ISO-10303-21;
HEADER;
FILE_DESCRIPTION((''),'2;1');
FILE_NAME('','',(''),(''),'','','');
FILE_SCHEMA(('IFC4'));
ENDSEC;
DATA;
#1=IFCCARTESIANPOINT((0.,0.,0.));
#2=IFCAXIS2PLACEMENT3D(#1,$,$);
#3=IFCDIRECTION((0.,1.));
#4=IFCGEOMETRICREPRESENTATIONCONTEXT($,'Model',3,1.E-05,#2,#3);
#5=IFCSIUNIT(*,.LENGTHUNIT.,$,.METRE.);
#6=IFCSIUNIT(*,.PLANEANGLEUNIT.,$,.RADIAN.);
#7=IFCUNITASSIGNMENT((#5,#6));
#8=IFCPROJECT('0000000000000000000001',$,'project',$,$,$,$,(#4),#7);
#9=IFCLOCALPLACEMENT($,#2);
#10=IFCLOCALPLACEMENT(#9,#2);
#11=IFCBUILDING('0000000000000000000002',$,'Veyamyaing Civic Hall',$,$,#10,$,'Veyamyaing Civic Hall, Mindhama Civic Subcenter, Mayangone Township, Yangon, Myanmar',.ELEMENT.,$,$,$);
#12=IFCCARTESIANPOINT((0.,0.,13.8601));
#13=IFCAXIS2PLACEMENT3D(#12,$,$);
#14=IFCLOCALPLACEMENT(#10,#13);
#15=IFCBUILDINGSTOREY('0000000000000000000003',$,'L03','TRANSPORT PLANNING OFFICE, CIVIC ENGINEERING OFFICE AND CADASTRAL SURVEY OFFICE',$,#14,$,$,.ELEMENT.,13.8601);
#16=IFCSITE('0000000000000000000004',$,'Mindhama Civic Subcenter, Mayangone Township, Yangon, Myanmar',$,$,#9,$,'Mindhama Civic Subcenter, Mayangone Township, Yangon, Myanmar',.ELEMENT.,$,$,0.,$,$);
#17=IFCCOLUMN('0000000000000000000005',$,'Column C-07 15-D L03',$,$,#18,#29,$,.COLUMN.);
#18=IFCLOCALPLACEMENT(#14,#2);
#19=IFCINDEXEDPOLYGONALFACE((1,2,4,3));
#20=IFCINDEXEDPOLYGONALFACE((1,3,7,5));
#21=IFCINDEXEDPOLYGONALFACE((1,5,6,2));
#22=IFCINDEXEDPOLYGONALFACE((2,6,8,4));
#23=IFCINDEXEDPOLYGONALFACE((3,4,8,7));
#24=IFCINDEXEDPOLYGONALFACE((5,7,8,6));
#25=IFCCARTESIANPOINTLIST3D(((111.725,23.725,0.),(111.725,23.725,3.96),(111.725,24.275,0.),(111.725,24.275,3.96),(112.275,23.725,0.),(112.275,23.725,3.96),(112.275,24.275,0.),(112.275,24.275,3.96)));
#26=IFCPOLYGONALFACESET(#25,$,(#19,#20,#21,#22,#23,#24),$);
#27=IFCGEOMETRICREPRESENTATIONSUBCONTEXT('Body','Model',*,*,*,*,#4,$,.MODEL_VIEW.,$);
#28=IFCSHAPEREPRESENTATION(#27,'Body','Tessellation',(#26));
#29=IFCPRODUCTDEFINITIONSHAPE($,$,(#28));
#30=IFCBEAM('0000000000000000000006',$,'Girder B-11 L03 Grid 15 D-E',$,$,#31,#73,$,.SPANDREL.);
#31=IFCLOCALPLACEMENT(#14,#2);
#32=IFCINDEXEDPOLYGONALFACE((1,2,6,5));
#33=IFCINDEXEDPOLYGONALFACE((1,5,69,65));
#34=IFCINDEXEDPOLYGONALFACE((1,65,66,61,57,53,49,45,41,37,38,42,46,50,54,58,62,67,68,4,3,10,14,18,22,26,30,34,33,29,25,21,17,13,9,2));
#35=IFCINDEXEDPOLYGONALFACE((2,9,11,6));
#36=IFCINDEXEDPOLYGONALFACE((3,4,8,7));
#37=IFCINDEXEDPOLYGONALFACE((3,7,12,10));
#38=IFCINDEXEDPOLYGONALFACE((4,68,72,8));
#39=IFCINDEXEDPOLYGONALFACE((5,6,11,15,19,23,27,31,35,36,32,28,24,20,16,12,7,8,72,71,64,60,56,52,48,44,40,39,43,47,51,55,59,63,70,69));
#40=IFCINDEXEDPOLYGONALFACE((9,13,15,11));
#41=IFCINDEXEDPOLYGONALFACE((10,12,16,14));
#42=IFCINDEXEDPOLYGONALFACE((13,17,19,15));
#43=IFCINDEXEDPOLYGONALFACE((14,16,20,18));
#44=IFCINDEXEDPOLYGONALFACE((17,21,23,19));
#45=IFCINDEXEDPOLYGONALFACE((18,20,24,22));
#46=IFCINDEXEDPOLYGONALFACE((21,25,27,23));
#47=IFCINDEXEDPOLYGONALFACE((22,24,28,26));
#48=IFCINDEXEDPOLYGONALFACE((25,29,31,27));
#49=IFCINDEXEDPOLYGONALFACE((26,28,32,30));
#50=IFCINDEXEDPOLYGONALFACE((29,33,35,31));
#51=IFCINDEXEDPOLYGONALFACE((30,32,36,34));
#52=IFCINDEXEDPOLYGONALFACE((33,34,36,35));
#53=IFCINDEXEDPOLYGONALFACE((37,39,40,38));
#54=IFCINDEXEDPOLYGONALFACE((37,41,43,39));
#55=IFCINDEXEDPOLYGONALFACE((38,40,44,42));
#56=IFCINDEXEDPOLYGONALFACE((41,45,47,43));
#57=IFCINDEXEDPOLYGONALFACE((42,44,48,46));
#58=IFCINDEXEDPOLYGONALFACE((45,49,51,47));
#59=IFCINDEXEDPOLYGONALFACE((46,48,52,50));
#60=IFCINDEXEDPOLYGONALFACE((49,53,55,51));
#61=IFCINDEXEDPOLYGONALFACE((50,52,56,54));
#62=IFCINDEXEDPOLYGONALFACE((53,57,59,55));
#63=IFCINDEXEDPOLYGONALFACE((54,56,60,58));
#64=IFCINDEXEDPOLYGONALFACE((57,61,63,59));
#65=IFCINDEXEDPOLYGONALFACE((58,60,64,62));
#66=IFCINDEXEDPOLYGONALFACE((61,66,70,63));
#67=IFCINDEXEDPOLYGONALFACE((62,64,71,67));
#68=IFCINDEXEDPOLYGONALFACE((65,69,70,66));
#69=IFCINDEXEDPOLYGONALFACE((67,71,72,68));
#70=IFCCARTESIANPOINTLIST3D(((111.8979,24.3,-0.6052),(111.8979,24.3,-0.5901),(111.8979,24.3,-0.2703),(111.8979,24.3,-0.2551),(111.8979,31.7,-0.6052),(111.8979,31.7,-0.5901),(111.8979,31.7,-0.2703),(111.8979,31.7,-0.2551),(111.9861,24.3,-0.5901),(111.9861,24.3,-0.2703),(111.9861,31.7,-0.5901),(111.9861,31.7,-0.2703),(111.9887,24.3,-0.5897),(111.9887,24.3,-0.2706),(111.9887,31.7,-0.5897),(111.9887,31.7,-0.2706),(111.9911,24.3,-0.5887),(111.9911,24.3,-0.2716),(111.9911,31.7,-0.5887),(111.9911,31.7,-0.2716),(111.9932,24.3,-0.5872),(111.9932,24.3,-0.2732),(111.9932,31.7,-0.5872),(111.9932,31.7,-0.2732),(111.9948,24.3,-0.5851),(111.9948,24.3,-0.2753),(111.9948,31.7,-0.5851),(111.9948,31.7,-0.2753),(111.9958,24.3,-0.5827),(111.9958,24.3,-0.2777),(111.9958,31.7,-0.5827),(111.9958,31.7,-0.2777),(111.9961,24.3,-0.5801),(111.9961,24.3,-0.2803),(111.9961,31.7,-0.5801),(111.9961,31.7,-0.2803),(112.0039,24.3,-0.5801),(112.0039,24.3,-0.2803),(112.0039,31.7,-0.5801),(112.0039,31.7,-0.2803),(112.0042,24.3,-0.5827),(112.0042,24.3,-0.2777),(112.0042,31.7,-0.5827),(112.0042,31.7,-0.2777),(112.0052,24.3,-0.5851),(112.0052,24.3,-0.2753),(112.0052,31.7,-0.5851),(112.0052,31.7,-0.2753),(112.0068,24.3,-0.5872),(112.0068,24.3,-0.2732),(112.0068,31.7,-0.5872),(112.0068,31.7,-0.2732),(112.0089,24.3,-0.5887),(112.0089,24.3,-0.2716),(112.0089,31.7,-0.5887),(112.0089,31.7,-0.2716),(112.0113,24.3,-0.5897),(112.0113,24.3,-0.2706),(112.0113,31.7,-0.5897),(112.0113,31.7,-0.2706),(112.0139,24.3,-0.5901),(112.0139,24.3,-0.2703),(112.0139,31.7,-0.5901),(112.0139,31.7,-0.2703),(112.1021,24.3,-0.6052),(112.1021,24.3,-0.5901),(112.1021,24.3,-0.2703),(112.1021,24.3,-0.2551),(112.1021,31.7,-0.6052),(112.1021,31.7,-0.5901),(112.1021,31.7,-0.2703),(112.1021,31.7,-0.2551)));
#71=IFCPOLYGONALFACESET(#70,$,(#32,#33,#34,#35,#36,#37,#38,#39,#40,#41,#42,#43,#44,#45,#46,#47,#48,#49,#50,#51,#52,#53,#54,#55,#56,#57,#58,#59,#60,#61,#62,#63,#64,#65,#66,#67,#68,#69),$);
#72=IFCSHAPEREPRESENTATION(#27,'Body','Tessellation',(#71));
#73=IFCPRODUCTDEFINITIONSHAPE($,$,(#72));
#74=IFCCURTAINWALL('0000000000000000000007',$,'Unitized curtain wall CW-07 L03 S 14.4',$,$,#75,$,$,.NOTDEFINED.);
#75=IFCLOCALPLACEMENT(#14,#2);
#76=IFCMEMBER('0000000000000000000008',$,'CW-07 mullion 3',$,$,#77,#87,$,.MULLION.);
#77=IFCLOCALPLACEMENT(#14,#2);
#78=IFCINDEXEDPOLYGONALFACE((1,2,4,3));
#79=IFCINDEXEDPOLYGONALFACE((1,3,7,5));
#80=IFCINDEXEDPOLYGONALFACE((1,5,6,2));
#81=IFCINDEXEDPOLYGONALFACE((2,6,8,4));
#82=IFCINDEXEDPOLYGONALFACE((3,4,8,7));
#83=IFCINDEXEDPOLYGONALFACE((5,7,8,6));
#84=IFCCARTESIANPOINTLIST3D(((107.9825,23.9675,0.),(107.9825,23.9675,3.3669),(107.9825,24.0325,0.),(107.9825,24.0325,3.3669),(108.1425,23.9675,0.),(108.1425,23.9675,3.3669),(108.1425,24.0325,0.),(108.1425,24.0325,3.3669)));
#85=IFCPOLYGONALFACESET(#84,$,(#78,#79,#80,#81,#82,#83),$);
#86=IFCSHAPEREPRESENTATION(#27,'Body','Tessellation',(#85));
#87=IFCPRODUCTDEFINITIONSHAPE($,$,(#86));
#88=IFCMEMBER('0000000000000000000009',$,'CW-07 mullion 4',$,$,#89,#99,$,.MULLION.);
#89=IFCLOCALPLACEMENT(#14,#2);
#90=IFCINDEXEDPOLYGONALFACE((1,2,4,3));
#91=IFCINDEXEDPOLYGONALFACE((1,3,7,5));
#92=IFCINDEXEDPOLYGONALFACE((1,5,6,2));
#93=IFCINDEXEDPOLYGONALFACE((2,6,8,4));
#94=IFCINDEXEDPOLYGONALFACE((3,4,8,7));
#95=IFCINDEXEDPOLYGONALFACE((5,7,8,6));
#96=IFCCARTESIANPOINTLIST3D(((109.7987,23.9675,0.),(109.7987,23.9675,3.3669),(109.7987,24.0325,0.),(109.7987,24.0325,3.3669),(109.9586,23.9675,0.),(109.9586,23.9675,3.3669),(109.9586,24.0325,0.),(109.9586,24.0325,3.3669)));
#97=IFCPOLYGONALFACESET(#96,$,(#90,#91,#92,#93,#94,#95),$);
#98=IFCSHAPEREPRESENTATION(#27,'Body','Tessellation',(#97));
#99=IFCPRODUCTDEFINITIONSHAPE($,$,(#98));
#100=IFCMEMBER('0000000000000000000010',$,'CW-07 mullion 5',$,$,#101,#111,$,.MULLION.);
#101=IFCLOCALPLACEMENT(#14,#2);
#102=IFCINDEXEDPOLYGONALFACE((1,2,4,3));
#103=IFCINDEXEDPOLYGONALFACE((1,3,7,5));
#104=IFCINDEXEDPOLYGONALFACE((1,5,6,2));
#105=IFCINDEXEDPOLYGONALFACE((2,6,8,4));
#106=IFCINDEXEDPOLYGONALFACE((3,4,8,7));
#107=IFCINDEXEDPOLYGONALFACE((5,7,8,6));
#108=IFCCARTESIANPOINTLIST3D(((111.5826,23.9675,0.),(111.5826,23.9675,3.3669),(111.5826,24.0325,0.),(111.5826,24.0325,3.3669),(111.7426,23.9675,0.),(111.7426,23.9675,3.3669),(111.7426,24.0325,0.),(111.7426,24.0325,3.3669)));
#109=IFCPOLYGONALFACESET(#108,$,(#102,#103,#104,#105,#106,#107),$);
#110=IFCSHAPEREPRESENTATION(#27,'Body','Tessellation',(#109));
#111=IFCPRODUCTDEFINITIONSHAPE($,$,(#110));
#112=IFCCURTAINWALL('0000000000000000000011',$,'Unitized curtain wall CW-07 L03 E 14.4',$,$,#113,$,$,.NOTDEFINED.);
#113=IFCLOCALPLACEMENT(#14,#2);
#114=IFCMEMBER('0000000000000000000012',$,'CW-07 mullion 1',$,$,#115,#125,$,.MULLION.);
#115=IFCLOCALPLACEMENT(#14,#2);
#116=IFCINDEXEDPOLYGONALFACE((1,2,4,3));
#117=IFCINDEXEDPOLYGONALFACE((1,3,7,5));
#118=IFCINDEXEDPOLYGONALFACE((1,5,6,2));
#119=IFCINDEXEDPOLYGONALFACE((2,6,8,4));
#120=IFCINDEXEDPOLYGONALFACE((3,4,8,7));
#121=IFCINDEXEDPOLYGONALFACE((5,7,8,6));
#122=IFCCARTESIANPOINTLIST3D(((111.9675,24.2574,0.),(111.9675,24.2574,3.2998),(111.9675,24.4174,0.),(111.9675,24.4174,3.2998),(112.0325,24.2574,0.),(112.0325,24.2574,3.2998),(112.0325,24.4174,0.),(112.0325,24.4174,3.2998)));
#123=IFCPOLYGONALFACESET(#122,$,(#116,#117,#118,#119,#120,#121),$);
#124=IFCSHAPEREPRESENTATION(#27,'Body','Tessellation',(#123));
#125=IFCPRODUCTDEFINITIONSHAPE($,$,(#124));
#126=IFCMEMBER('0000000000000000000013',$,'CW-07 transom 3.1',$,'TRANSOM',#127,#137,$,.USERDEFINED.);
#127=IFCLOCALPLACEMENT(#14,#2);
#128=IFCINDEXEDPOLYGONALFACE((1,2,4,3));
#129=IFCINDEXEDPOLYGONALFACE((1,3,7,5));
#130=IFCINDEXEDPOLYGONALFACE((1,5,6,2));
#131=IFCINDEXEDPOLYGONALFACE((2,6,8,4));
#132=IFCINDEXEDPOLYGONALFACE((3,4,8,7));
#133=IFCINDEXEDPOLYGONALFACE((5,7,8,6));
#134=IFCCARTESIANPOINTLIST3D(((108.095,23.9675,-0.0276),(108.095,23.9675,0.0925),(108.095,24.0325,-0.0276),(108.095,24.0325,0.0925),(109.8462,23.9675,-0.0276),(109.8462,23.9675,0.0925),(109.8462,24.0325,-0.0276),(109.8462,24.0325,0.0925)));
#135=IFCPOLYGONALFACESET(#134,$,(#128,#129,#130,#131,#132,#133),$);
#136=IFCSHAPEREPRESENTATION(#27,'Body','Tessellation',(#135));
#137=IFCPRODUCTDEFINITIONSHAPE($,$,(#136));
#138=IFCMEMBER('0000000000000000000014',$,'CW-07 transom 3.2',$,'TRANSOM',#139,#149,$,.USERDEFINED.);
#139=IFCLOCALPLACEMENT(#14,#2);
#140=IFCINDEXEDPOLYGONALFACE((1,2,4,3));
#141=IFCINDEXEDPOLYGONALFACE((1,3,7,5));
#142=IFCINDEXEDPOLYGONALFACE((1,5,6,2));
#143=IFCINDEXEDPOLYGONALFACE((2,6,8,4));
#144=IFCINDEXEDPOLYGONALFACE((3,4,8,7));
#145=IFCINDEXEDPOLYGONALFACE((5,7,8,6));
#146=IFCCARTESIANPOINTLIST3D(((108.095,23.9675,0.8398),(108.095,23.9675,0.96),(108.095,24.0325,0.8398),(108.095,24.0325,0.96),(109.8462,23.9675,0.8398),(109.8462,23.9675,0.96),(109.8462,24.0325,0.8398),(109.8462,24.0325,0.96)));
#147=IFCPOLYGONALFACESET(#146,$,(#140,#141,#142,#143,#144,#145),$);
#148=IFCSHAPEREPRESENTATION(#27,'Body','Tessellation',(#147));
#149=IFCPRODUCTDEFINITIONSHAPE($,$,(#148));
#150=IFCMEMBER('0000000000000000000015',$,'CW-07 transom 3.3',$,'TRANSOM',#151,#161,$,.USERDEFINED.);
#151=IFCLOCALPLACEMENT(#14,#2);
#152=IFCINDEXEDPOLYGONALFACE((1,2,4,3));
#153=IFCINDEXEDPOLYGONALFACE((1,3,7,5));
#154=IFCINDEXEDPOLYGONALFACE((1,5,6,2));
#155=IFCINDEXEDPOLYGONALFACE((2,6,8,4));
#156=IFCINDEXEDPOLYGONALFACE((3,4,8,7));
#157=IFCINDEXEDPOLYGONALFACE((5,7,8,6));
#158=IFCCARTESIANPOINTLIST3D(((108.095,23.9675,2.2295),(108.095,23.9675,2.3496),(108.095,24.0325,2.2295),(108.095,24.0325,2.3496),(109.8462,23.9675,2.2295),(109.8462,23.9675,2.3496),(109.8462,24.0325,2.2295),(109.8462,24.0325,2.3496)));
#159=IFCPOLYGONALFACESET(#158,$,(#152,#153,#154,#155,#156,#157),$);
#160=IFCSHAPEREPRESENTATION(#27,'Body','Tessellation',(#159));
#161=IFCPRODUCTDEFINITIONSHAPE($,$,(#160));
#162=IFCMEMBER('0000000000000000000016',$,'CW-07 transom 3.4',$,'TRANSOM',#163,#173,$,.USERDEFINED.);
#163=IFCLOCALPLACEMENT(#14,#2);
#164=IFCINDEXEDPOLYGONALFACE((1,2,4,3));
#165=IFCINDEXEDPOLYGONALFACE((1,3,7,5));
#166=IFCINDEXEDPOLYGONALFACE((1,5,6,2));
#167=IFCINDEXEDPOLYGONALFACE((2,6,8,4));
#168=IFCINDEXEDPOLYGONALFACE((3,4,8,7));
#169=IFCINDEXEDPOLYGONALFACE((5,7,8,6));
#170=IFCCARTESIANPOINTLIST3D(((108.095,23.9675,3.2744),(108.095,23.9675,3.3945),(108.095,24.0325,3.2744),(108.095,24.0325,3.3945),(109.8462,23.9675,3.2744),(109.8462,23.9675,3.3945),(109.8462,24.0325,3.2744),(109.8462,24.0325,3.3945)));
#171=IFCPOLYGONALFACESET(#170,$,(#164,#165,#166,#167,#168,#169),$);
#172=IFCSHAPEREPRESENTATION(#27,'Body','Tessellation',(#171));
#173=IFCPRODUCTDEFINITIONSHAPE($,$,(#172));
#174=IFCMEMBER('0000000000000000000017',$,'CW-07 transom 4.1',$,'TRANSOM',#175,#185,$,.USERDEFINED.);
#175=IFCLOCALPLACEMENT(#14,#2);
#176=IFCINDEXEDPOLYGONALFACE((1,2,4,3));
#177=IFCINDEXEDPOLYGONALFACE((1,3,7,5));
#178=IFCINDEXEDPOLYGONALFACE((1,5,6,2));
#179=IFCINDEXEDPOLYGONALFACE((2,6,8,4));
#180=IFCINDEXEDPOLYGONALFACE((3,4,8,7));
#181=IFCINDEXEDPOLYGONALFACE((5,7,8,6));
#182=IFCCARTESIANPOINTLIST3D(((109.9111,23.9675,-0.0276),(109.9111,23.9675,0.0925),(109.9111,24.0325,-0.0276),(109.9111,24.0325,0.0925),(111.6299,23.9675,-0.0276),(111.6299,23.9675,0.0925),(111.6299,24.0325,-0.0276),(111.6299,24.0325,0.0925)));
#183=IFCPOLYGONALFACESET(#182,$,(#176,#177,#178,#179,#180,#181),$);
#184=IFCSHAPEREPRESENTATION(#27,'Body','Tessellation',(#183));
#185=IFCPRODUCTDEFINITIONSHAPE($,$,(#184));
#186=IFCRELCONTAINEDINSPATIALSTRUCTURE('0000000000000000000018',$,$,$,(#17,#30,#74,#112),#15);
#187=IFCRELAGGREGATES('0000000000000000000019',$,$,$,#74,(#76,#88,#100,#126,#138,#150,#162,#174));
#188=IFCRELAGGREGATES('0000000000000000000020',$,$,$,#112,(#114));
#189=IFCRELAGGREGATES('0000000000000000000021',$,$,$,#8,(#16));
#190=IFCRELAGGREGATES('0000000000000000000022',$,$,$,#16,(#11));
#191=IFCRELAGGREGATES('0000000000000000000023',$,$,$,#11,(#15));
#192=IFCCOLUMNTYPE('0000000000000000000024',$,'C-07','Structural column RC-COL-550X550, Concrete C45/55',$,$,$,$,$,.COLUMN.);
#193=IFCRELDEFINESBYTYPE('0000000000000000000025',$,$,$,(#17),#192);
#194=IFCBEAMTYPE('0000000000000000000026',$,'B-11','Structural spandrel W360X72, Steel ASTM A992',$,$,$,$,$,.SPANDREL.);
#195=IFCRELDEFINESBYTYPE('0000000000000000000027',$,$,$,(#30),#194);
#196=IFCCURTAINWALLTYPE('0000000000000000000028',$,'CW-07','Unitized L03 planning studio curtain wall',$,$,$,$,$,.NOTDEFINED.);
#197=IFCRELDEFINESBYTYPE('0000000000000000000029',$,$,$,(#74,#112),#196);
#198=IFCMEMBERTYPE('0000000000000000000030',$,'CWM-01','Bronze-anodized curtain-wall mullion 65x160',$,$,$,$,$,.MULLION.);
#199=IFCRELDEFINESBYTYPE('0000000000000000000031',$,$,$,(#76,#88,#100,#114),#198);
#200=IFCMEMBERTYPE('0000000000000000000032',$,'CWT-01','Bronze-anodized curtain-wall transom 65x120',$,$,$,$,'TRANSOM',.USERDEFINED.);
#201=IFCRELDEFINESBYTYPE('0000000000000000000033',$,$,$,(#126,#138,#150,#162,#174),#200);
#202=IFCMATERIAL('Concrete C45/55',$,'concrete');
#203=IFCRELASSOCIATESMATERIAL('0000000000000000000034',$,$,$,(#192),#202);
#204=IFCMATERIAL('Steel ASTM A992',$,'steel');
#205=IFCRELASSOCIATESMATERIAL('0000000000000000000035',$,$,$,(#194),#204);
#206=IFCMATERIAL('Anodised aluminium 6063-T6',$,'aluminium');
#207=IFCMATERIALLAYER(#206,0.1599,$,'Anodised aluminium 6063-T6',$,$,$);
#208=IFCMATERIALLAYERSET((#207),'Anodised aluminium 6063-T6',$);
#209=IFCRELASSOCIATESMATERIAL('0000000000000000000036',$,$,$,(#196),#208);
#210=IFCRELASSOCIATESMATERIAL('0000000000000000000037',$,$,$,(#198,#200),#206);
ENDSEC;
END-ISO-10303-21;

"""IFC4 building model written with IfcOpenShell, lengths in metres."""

from ifc_helpers import new_model, si_unit, direction, frame, origin, origin_2d, place, context, subcontext, project, spatial, rectangle, i_section, extrude, material, layer, layer_set, material_profile, profile_set, type_object, element, aggregate, save


model = new_model("IFC4")

# Units and contexts
model_context = context("Model", 3, precision=1e-05, world=origin(), true_north=direction((0.0, 1.0)))
body_context = subcontext(model_context, "Body", "Model", "MODEL_VIEW")
ifc_project = project(units=[si_unit("LENGTHUNIT", "METRE"), si_unit("PLANEANGLEUNIT", "RADIAN")], contexts=[model_context])

# Site, building, storey
site_placement = place(None, origin())
site = spatial("IfcSite", under=ifc_project, at=site_placement, Name="Mindhama Civic Subcenter, Mayangone Township, Yangon, Myanmar", LongName="Mindhama Civic Subcenter, Mayangone Township, Yangon, Myanmar", CompositionType="ELEMENT", RefElevation=0.0)
building_placement = place(site_placement, origin())
building = spatial("IfcBuilding", under=site, at=building_placement, Name="Veyamyaing Civic Hall", LongName="Veyamyaing Civic Hall, Mindhama Civic Subcenter, Mayangone Township, Yangon, Myanmar", CompositionType="ELEMENT")
storey_placement = place(building_placement, frame((0.0, 0.0, 13.8601)))
storey = spatial("IfcBuildingStorey", under=building, at=storey_placement, Name="L03", Description="TRANSPORT PLANNING OFFICE, CIVIC ENGINEERING OFFICE AND CADASTRAL SURVEY OFFICE", CompositionType="ELEMENT", Elevation=13.8601)

# Column
ifc_material_1 = material(Name="Concrete C45/55", Category="concrete")
ifc_material_profile_1 = material_profile(ifc_material_1, rectangle(XDim=0.55, YDim=0.55, at=origin_2d()), Name="RC-COL-550X550")
ifc_profile_set_1 = profile_set([ifc_material_profile_1], Name="Concrete C45/55")
column_type = type_object("IfcColumnType", Name="C-07", Description="Structural column RC-COL-550X550, Concrete C45/55", PredefinedType="COLUMN", material=ifc_profile_set_1)
column_placement = place(storey_placement, frame((112.0, 24.0, 0.0), z_axis=(0.0, 0.0, 1.0), x_axis=(1.0, 0.0, 0.0)))
element("IfcColumn", 1, at=column_placement, inside=storey, type_object=column_type, Name="Column C-07 15-D L03", PredefinedType="COLUMN", context=body_context, shape_type="SweptSolid", body=[
    extrude(rectangle(XDim=0.55, YDim=0.55, at=origin_2d()), origin(), (0.0, 0.0, 1.0), 3.96),
])

# Beam
ifc_material_2 = material(Name="Steel ASTM A992", Category="steel")
ifc_material_profile_2 = material_profile(ifc_material_2, i_section(OverallWidth=0.2041, OverallDepth=0.3501, WebThickness=0.0078, FlangeThickness=0.0151, FilletRadius=0.01, at=origin_2d()), Name="W360X72")
ifc_profile_set_2 = profile_set([ifc_material_profile_2], Name="Steel ASTM A992")
beam_type = type_object("IfcBeamType", Name="B-11", Description="Structural spandrel W360X72, Steel ASTM A992", PredefinedType="SPANDREL", material=ifc_profile_set_2)
beam_placement = place(storey_placement, frame((112.0, 24.3, -0.4302), z_axis=(0.0, 1.0, 0.0), x_axis=(-1.0, 0.0, 0.0)))
element("IfcBeam", 2, at=beam_placement, inside=storey, type_object=beam_type, Name="Girder B-11 L03 Grid 15 D-E", PredefinedType="SPANDREL", context=body_context, shape_type="SweptSolid", body=[
    extrude(i_section(OverallWidth=0.2041, OverallDepth=0.3501, WebThickness=0.0078, FlangeThickness=0.0151, FilletRadius=0.01, at=origin_2d()), origin(), (0.0, 0.0, 1.0), 7.3999),
])

# Curtain wall, members
ifc_material_3 = material(Name="Anodised aluminium 6063-T6", Category="aluminium")
ifc_layer_1 = layer(ifc_material_3, 0.1599, Name="Anodised aluminium 6063-T6")
ifc_layer_set_1 = layer_set([ifc_layer_1], Name="Anodised aluminium 6063-T6")
curtain_wall_type = type_object("IfcCurtainWallType", Name="CW-07", Description="Unitized L03 planning studio curtain wall", PredefinedType="NOTDEFINED", material=ifc_layer_set_1)
curtain_wall_1_placement = place(storey_placement, origin())
curtain_wall_1 = element("IfcCurtainWall", 3, at=curtain_wall_1_placement, inside=storey, type_object=curtain_wall_type, Name="Unitized curtain wall CW-07 L03 S 14.4", PredefinedType="NOTDEFINED")
ifc_material_profile_3 = material_profile(ifc_material_3, rectangle(XDim=0.0649, YDim=0.1599, at=origin_2d()), Name="ALU-MUL-65X160")
ifc_profile_set_3 = profile_set([ifc_material_profile_3], Name="Anodised aluminium 6063-T6")
member_type_1 = type_object("IfcMemberType", Name="CWM-01", Description="Bronze-anodized curtain-wall mullion 65x160", PredefinedType="MULLION", material=ifc_profile_set_3)
member_1_placement = place(storey_placement, frame((108.0625, 24.0, 0.0), z_axis=(0.0, 0.0, 1.0), x_axis=(0.0, 1.0, 0.0)))
member_1 = element("IfcMember", 4, at=member_1_placement, type_object=member_type_1, Name="CW-07 mullion 3", PredefinedType="MULLION", context=body_context, shape_type="SweptSolid", body=[
    extrude(rectangle(XDim=0.0649, YDim=0.1599, at=origin_2d()), origin(), (0.0, 0.0, 1.0), 3.3669),
])
member_2_placement = place(storey_placement, frame((109.8787, 24.0, 0.0), z_axis=(0.0, 0.0, 1.0), x_axis=(0.0, 1.0, 0.0)))
member_2 = element("IfcMember", 5, at=member_2_placement, type_object=member_type_1, Name="CW-07 mullion 4", PredefinedType="MULLION", context=body_context, shape_type="SweptSolid", body=[
    extrude(rectangle(XDim=0.0649, YDim=0.1599, at=origin_2d()), origin(), (0.0, 0.0, 1.0), 3.3669),
])
member_3_placement = place(storey_placement, frame((111.6626, 24.0, 0.0), z_axis=(0.0, 0.0, 1.0), x_axis=(0.0, 1.0, 0.0)))
member_3 = element("IfcMember", 6, at=member_3_placement, type_object=member_type_1, Name="CW-07 mullion 5", PredefinedType="MULLION", context=body_context, shape_type="SweptSolid", body=[
    extrude(rectangle(XDim=0.0649, YDim=0.1599, at=origin_2d()), origin(), (0.0, 0.0, 1.0), 3.3669),
])

# Curtain wall, member
curtain_wall_2_placement = place(storey_placement, origin())
curtain_wall_2 = element("IfcCurtainWall", 7, at=curtain_wall_2_placement, inside=storey, type_object=curtain_wall_type, Name="Unitized curtain wall CW-07 L03 E 14.4", PredefinedType="NOTDEFINED")
member_4_placement = place(storey_placement, frame((112.0, 24.3374, 0.0), z_axis=(0.0, 0.0, 1.0), x_axis=(-1.0, 0.0, 0.0)))
member_4 = element("IfcMember", 8, at=member_4_placement, type_object=member_type_1, Name="CW-07 mullion 1", PredefinedType="MULLION", context=body_context, shape_type="SweptSolid", body=[
    extrude(rectangle(XDim=0.0649, YDim=0.1599, at=origin_2d()), origin(), (0.0, 0.0, 1.0), 3.2998),
])

# Members
ifc_material_profile_4 = material_profile(ifc_material_3, rectangle(XDim=0.0649, YDim=0.1201, at=origin_2d()), Name="ALU-TRN-65X120")
ifc_profile_set_4 = profile_set([ifc_material_profile_4], Name="Anodised aluminium 6063-T6")
member_type_2 = type_object("IfcMemberType", Name="CWT-01", Description="Bronze-anodized curtain-wall transom 65x120", ElementType="TRANSOM", PredefinedType="USERDEFINED", material=ifc_profile_set_4)
member_5_placement = place(storey_placement, frame((108.095, 24.0, 0.0325), z_axis=(1.0, 0.0, 0.0), x_axis=(0.0, 1.0, 0.0)))
member_5 = element("IfcMember", 9, at=member_5_placement, type_object=member_type_2, Name="CW-07 transom 3.1", ObjectType="TRANSOM", PredefinedType="USERDEFINED", context=body_context, shape_type="SweptSolid", body=[
    extrude(rectangle(XDim=0.0649, YDim=0.1201, at=origin_2d()), origin(), (0.0, 0.0, 1.0), 1.7512),
])
member_6_placement = place(storey_placement, frame((108.095, 24.0, 0.8999), z_axis=(1.0, 0.0, 0.0), x_axis=(0.0, 1.0, 0.0)))
member_6 = element("IfcMember", 10, at=member_6_placement, type_object=member_type_2, Name="CW-07 transom 3.2", ObjectType="TRANSOM", PredefinedType="USERDEFINED", context=body_context, shape_type="SweptSolid", body=[
    extrude(rectangle(XDim=0.0649, YDim=0.1201, at=origin_2d()), origin(), (0.0, 0.0, 1.0), 1.7512),
])
member_7_placement = place(storey_placement, frame((108.095, 24.0, 2.2896), z_axis=(1.0, 0.0, 0.0), x_axis=(0.0, 1.0, 0.0)))
member_7 = element("IfcMember", 11, at=member_7_placement, type_object=member_type_2, Name="CW-07 transom 3.3", ObjectType="TRANSOM", PredefinedType="USERDEFINED", context=body_context, shape_type="SweptSolid", body=[
    extrude(rectangle(XDim=0.0649, YDim=0.1201, at=origin_2d()), origin(), (0.0, 0.0, 1.0), 1.7512),
])
member_8_placement = place(storey_placement, frame((108.095, 24.0, 3.3345), z_axis=(1.0, 0.0, 0.0), x_axis=(0.0, 1.0, 0.0)))
member_8 = element("IfcMember", 12, at=member_8_placement, type_object=member_type_2, Name="CW-07 transom 3.4", ObjectType="TRANSOM", PredefinedType="USERDEFINED", context=body_context, shape_type="SweptSolid", body=[
    extrude(rectangle(XDim=0.0649, YDim=0.1201, at=origin_2d()), origin(), (0.0, 0.0, 1.0), 1.7512),
])
member_9_placement = place(storey_placement, frame((109.9111, 24.0, 0.0325), z_axis=(1.0, 0.0, 0.0), x_axis=(0.0, 1.0, 0.0)))
member_9 = element("IfcMember", 13, at=member_9_placement, type_object=member_type_2, Name="CW-07 transom 4.1", ObjectType="TRANSOM", PredefinedType="USERDEFINED", context=body_context, shape_type="SweptSolid", body=[
    extrude(rectangle(XDim=0.0649, YDim=0.1201, at=origin_2d()), origin(), (0.0, 0.0, 1.0), 1.7188),
])

aggregate(curtain_wall_1, [member_1, member_2, member_3, member_5, member_6, member_7, member_8, member_9])
aggregate(curtain_wall_2, [member_4])

save(model, "model.ifc")
